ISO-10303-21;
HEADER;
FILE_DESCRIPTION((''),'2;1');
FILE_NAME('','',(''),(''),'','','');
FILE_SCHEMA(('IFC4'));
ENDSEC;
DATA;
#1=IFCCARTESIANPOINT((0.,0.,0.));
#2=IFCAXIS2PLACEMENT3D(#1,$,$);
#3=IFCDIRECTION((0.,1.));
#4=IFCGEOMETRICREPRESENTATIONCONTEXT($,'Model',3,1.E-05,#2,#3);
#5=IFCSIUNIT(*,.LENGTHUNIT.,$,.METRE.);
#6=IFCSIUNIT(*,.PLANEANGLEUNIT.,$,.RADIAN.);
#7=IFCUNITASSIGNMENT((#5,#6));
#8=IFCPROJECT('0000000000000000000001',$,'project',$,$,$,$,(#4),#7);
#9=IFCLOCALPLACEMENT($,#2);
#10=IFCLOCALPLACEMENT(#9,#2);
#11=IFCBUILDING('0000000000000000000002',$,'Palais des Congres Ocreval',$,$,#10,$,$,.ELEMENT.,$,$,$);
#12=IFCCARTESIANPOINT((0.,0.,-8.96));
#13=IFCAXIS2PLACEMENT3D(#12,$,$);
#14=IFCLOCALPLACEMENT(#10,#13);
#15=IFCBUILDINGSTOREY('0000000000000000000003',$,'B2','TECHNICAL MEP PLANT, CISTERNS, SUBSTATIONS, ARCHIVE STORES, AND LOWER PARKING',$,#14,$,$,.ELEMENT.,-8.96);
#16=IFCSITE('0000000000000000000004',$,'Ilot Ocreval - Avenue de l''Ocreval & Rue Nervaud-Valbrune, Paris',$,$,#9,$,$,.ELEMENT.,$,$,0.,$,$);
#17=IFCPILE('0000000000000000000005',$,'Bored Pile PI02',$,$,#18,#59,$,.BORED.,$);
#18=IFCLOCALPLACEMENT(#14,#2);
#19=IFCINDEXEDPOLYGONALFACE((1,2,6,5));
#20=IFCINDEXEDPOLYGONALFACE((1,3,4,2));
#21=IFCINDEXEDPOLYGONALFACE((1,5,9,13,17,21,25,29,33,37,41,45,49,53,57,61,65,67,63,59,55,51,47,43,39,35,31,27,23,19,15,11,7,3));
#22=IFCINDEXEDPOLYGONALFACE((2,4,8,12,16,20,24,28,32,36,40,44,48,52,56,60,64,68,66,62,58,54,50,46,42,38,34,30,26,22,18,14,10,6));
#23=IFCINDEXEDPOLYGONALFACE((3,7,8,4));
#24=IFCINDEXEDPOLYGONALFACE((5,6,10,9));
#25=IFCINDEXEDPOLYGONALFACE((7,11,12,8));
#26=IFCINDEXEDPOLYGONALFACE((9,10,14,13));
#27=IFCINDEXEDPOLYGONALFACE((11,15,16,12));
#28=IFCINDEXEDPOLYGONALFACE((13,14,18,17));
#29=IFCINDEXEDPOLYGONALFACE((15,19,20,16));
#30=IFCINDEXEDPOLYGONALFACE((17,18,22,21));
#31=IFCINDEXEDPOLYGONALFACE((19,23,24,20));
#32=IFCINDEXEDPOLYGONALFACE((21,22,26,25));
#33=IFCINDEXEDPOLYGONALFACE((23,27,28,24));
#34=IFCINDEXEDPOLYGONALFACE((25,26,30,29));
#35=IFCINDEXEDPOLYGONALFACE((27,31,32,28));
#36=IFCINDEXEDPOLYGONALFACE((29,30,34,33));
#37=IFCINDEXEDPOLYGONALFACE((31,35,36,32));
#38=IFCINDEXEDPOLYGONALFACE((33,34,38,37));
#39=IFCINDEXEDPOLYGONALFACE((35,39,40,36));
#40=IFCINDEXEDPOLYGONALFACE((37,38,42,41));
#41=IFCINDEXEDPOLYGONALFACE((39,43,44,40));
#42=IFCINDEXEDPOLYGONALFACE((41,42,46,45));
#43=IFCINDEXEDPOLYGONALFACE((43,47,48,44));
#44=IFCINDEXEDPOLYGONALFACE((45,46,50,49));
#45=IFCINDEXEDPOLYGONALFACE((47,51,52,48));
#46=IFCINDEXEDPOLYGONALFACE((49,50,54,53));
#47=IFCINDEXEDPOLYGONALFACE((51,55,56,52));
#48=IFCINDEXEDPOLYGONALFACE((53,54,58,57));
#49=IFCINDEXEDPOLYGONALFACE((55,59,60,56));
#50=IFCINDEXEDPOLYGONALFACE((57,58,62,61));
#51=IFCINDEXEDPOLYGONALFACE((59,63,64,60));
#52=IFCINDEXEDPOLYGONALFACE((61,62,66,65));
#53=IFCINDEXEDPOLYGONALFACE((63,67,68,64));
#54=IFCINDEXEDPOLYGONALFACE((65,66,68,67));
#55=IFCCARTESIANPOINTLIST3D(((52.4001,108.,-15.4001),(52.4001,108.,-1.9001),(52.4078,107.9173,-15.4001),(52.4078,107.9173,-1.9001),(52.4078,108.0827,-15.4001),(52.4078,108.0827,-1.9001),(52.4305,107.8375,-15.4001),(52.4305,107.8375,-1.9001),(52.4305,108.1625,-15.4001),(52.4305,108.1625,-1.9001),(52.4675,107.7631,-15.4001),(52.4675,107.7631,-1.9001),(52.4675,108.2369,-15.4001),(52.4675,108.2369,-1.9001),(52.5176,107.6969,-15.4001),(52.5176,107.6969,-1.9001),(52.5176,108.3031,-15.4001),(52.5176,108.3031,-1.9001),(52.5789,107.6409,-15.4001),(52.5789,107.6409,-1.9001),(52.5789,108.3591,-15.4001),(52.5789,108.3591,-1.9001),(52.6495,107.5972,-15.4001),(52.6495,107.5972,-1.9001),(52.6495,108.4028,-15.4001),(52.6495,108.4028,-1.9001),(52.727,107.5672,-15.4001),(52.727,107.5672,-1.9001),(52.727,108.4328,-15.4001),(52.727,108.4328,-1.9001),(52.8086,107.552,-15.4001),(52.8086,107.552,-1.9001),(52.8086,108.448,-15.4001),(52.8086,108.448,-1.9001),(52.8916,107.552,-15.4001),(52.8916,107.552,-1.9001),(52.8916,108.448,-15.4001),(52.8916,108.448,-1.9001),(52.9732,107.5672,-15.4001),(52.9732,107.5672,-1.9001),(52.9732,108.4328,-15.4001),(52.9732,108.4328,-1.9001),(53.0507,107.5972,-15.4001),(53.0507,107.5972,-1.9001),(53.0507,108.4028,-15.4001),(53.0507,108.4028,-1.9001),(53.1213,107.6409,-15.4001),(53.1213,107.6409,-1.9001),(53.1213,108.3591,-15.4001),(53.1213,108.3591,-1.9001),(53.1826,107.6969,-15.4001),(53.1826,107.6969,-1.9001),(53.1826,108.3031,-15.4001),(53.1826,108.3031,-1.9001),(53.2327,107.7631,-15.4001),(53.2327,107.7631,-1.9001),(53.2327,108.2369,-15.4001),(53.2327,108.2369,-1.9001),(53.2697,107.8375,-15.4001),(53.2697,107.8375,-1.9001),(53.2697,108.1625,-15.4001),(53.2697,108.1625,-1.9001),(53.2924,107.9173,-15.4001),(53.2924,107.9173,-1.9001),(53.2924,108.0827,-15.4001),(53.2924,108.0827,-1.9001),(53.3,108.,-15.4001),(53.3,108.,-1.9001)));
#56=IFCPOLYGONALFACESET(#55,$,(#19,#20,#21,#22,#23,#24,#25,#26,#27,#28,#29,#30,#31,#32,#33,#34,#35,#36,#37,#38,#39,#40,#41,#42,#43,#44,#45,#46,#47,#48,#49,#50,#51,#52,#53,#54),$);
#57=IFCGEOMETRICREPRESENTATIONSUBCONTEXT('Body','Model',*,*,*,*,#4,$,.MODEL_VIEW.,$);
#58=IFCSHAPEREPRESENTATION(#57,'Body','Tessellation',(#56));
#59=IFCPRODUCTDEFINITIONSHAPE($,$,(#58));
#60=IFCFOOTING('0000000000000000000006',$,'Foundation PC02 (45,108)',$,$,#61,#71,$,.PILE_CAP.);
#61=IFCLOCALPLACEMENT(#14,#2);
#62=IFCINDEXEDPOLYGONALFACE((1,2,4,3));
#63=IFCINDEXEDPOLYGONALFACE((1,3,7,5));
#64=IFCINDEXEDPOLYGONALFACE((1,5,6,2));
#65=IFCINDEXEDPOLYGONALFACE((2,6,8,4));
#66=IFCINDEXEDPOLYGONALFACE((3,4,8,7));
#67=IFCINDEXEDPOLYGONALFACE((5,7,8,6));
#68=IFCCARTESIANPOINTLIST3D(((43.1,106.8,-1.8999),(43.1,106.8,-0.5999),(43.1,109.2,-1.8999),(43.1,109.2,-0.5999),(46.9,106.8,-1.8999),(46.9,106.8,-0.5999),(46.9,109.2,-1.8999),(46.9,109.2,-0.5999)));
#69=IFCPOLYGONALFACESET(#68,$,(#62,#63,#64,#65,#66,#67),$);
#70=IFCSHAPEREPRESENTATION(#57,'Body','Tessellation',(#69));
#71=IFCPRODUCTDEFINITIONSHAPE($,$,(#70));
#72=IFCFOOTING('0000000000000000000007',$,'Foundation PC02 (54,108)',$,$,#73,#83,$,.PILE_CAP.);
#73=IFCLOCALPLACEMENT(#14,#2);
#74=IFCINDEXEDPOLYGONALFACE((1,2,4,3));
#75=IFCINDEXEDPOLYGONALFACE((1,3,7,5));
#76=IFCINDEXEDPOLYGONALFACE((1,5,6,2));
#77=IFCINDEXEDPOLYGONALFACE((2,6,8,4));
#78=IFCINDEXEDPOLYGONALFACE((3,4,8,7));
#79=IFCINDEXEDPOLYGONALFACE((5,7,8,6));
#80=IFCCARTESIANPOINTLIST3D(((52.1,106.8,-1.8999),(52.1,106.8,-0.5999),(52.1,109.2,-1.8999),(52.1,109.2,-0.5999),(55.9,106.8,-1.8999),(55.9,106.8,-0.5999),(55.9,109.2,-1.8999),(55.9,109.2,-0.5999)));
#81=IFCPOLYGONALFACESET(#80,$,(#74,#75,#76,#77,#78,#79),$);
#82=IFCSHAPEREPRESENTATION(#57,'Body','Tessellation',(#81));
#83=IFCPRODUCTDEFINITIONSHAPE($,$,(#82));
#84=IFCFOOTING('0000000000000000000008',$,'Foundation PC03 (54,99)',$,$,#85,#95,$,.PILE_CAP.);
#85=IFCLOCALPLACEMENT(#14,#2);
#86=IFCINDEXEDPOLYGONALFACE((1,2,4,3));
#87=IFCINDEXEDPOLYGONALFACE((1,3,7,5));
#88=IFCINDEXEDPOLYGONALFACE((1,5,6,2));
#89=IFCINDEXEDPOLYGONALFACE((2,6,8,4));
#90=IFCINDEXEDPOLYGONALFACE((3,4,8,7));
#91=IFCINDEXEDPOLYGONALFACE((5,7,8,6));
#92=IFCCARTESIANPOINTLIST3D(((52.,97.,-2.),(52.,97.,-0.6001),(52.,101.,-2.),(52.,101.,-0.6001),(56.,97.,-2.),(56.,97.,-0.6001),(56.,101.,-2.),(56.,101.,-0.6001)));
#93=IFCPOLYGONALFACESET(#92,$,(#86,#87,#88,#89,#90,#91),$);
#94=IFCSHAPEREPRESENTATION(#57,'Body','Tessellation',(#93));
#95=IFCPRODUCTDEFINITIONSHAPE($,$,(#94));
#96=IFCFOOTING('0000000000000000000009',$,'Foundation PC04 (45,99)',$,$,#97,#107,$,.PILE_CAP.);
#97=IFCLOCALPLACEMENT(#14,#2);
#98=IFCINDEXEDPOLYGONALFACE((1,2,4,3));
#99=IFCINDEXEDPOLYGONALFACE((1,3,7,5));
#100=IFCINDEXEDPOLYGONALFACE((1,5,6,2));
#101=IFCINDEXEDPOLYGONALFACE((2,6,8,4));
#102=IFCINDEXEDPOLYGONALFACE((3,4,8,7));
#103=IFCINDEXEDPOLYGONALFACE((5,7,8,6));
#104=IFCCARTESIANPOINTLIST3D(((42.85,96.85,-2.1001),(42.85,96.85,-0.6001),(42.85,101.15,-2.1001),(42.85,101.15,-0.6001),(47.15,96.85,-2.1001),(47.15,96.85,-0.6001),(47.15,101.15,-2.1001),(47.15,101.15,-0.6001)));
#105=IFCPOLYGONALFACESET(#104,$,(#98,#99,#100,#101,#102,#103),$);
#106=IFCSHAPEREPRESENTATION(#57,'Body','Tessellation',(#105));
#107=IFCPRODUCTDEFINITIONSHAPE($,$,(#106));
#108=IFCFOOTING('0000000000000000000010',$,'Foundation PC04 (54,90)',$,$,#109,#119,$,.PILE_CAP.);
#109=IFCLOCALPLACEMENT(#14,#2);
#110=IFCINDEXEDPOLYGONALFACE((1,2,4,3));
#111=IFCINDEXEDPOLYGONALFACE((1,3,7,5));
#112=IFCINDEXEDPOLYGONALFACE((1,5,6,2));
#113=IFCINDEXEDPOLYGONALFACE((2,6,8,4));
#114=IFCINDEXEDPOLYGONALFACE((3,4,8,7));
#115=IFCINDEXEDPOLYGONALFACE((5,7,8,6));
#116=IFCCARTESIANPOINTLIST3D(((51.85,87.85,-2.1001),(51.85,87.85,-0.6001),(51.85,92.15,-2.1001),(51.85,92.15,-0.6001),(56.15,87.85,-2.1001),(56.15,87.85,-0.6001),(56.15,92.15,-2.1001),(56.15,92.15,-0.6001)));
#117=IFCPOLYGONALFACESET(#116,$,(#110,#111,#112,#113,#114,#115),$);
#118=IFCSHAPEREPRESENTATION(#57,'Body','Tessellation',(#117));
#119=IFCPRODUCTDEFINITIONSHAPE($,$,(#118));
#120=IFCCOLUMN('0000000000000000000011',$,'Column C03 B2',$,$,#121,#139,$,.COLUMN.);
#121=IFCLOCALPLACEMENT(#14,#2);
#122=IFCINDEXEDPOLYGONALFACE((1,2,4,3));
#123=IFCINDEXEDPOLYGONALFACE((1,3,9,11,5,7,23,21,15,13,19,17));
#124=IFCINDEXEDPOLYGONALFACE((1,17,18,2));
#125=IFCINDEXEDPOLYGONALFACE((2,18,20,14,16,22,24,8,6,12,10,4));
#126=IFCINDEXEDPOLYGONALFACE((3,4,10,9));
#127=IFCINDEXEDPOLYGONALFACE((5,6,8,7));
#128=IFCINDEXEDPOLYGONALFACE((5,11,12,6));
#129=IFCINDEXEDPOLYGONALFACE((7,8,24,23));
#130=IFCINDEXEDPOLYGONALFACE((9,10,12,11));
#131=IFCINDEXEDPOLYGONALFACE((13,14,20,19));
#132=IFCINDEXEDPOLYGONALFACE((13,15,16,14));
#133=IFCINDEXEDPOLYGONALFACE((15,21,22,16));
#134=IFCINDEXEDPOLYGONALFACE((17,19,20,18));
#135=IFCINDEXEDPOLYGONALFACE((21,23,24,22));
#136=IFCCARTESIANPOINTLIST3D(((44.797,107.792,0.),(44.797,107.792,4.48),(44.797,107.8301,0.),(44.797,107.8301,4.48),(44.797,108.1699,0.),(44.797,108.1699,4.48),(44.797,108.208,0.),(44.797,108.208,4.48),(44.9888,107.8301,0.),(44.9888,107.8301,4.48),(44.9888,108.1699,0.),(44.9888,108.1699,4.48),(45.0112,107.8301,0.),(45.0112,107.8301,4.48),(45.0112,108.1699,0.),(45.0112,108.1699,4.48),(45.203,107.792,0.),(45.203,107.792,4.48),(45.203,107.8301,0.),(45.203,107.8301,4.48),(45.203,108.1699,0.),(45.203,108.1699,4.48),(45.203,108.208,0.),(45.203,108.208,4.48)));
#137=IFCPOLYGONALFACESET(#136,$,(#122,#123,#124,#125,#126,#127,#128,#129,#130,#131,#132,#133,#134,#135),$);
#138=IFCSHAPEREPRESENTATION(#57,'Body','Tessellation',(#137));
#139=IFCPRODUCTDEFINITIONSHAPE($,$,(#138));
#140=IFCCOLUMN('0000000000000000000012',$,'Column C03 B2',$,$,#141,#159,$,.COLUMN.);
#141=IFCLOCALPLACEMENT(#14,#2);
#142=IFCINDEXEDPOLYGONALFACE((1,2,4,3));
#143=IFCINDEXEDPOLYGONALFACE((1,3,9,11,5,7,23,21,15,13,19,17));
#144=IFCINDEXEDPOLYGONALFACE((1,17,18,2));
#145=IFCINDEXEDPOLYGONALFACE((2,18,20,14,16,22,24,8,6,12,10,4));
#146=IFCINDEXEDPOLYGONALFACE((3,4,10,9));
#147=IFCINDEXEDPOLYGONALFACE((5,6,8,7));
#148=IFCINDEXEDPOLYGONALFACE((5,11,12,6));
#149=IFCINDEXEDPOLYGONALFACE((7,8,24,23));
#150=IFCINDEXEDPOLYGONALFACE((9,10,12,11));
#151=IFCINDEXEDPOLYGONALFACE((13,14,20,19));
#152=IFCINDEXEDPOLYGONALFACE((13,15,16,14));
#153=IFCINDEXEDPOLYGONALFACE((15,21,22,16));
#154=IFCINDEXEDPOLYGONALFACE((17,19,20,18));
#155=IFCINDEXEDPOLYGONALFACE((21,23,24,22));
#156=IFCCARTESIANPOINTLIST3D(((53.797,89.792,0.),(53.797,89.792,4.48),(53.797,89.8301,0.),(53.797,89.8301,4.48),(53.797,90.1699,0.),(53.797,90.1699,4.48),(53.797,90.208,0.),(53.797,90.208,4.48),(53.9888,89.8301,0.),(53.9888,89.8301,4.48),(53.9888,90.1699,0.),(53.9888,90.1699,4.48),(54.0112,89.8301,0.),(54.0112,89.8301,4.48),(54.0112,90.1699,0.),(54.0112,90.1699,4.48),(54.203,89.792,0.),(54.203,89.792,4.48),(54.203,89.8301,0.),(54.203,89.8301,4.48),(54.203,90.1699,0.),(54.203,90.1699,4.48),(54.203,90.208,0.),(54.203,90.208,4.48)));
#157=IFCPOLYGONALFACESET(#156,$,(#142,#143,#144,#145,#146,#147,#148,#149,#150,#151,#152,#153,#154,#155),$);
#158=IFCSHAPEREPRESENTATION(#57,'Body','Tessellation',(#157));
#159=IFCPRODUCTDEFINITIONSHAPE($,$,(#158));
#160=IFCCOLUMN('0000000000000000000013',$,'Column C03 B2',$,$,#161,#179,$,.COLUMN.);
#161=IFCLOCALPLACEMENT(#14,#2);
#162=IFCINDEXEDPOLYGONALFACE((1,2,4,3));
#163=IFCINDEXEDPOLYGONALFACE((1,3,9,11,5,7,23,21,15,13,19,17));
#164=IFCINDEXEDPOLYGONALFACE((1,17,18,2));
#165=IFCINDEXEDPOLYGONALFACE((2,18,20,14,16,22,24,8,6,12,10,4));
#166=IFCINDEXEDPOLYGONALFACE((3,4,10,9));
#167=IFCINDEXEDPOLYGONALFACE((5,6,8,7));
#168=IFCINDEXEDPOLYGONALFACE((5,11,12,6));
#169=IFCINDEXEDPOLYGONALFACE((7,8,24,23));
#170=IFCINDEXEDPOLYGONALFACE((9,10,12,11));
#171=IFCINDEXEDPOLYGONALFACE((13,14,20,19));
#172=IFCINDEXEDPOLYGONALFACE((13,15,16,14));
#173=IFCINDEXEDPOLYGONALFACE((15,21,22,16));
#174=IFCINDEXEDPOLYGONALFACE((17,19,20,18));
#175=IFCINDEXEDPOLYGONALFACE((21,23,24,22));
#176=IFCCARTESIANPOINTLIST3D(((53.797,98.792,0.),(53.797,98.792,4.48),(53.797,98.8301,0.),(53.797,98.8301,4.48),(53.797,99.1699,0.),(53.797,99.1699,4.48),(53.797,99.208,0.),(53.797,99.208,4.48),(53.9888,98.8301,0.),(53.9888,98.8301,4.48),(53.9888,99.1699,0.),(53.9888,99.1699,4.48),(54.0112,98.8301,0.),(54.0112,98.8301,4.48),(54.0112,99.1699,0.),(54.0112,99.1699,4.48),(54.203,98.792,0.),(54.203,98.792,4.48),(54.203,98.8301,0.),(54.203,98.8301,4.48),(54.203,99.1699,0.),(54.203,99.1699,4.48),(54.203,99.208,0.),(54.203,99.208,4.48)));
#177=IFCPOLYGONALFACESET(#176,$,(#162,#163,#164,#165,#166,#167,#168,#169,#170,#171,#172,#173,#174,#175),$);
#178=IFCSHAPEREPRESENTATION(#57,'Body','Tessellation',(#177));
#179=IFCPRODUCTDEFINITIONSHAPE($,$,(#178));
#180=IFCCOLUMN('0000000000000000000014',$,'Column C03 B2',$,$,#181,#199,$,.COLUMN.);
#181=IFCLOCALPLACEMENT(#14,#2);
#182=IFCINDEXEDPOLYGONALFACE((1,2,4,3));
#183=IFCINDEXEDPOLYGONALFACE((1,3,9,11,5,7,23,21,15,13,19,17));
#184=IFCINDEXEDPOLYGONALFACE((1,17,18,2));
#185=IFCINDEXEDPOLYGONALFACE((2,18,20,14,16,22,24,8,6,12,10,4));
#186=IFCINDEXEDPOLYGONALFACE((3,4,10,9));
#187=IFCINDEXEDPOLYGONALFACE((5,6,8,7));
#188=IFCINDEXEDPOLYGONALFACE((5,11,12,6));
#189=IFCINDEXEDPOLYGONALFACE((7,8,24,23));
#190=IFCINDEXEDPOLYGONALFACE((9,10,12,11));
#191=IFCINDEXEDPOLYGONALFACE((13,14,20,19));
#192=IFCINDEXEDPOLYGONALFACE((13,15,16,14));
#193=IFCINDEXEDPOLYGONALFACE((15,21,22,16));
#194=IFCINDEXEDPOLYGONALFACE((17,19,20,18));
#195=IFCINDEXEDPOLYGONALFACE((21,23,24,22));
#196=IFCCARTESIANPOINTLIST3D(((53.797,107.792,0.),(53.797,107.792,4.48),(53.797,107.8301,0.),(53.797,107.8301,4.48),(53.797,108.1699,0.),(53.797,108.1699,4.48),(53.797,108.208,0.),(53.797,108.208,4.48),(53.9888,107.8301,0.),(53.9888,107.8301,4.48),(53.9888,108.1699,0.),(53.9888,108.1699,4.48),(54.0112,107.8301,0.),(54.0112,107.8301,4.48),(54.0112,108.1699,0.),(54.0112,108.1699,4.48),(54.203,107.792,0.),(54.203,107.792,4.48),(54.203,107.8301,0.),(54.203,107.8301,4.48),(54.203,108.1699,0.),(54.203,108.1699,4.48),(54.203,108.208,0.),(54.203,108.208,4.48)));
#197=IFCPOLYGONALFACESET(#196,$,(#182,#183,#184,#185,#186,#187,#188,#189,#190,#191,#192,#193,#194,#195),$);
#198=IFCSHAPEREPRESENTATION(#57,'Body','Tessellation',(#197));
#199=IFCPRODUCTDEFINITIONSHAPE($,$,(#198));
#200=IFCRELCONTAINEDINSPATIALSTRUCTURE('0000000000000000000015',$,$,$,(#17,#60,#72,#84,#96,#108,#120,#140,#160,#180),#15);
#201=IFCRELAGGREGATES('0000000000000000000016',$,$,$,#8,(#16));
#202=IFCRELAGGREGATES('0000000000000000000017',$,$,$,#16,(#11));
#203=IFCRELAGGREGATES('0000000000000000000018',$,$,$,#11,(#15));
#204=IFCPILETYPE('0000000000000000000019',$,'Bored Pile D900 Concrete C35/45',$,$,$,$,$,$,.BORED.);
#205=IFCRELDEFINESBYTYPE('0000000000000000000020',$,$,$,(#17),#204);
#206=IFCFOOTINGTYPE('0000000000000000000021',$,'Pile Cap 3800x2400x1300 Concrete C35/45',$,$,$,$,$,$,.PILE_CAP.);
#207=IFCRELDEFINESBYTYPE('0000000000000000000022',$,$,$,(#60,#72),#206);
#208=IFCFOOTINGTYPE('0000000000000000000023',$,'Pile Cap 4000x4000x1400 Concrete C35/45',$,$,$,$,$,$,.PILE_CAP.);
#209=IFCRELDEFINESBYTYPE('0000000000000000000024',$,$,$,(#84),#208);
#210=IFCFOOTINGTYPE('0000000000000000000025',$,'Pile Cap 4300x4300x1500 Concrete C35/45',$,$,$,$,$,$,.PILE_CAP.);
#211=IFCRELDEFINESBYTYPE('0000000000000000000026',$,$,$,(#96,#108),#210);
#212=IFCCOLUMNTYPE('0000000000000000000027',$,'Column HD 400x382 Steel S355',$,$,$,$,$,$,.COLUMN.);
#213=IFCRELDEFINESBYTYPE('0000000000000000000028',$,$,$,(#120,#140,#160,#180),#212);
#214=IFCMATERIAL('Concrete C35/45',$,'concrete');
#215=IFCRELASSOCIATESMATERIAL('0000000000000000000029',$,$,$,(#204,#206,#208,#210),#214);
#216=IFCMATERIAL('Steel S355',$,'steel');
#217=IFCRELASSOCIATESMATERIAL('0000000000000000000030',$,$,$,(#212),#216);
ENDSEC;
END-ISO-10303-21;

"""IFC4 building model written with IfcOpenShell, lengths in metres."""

from ifc_helpers import new_model, si_unit, direction, frame, origin, origin_2d, place, context, subcontext, project, spatial, rectangle, circle, i_section, extrude, material, material_profile, profile_set, type_object, element, save


model = new_model("IFC4")

# Units and contexts
model_context = context("Model", 3, precision=1e-05, world=origin(), true_north=direction((0.0, 1.0)))
body_context = subcontext(model_context, "Body", "Model", "MODEL_VIEW")
ifc_project = project(units=[si_unit("LENGTHUNIT", "METRE"), si_unit("PLANEANGLEUNIT", "RADIAN")], contexts=[model_context])

# Site, building, storey
site_placement = place(None, origin())
site = spatial("IfcSite", under=ifc_project, at=site_placement, Name="Ilot Ocreval - Avenue de l'Ocreval & Rue Nervaud-Valbrune, Paris", CompositionType="ELEMENT", RefElevation=0.0)
building_placement = place(site_placement, origin())
building = spatial("IfcBuilding", under=site, at=building_placement, Name="Palais des Congres Ocreval", CompositionType="ELEMENT")
storey_placement = place(building_placement, frame((0.0, 0.0, -8.96)))
storey = spatial("IfcBuildingStorey", under=building, at=storey_placement, Name="B2", Description="TECHNICAL MEP PLANT, CISTERNS, SUBSTATIONS, ARCHIVE STORES, AND LOWER PARKING", CompositionType="ELEMENT", Elevation=-8.96)

# Pile
ifc_material_1 = material(Name="Concrete C35/45", Category="concrete")
ifc_material_profile_1 = material_profile(ifc_material_1, circle(Radius=0.45, at=origin_2d()), Name="BORED PILE 900")
ifc_profile_set_1 = profile_set([ifc_material_profile_1], Name="Concrete C35/45")
pile_type_1 = type_object("IfcPileType", Name="Bored Pile D900 Concrete C35/45", PredefinedType="BORED", material=ifc_profile_set_1)
for number, where, z_axis, x_axis, name in (
    (1, (52.8501, 108.0, -1.9001), (0.0, 0.0, -1.0), (1.0, 0.0, 0.0), "Bored Pile PI02"),
):
    element("IfcPile", number, at=place(storey_placement, frame(where, z_axis=z_axis, x_axis=x_axis)), inside=storey, type_object=pile_type_1, Name=name, PredefinedType="BORED", context=body_context, shape_type="SweptSolid", body=[
        extrude(circle(Radius=0.45, at=origin_2d()), origin(), (0.0, 0.0, 1.0), 13.5),
    ])

# Footings
footing_type_1 = type_object("IfcFootingType", Name="Pile Cap 3800x2400x1300 Concrete C35/45", PredefinedType="PILE_CAP", material=ifc_material_1)
for number, where, z_axis, x_axis, name in (
    (2, (45.0, 108.0, -1.8999), (0.0, 0.0, 1.0), (1.0, 0.0, 0.0), "Foundation PC02 (45,108)"),
    (3, (54.0, 108.0, -1.8999), (0.0, 0.0, 1.0), (1.0, 0.0, 0.0), "Foundation PC02 (54,108)"),
):
    element("IfcFooting", number, at=place(storey_placement, frame(where, z_axis=z_axis, x_axis=x_axis)), inside=storey, type_object=footing_type_1, Name=name, PredefinedType="PILE_CAP", context=body_context, shape_type="SweptSolid", body=[
        extrude(rectangle(XDim=3.8, YDim=2.3999, at=origin_2d()), origin(), (0.0, 0.0, 1.0), 1.3),
    ])
footing_type_2 = type_object("IfcFootingType", Name="Pile Cap 4000x4000x1400 Concrete C35/45", PredefinedType="PILE_CAP", material=ifc_material_1)
footing_placement = place(storey_placement, frame((54.0, 99.0, -2.0), z_axis=(0.0, 0.0, 1.0), x_axis=(1.0, 0.0, 0.0)))
element("IfcFooting", 4, at=footing_placement, inside=storey, type_object=footing_type_2, Name="Foundation PC03 (54,99)", PredefinedType="PILE_CAP", context=body_context, shape_type="SweptSolid", body=[
    extrude(rectangle(XDim=4.0, YDim=4.0, at=origin_2d()), origin(), (0.0, 0.0, 1.0), 1.3999),
])
footing_type_3 = type_object("IfcFootingType", Name="Pile Cap 4300x4300x1500 Concrete C35/45", PredefinedType="PILE_CAP", material=ifc_material_1)
for number, where, z_axis, x_axis, name in (
    (5, (45.0, 99.0, -2.1001), (0.0, 0.0, 1.0), (1.0, 0.0, 0.0), "Foundation PC04 (45,99)"),
    (6, (54.0, 90.0, -2.1001), (0.0, 0.0, 1.0), (1.0, 0.0, 0.0), "Foundation PC04 (54,90)"),
):
    element("IfcFooting", number, at=place(storey_placement, frame(where, z_axis=z_axis, x_axis=x_axis)), inside=storey, type_object=footing_type_3, Name=name, PredefinedType="PILE_CAP", context=body_context, shape_type="SweptSolid", body=[
        extrude(rectangle(XDim=4.3, YDim=4.3, at=origin_2d()), origin(), (0.0, 0.0, 1.0), 1.5),
    ])

# Columns
ifc_material_2 = material(Name="Steel S355", Category="steel")
ifc_material_profile_2 = material_profile(ifc_material_2, i_section(OverallWidth=0.406, OverallDepth=0.416, WebThickness=0.0225, FlangeThickness=0.0381, at=origin_2d()), Name="HD 400x382")
ifc_profile_set_2 = profile_set([ifc_material_profile_2], Name="Steel S355")
column_type = type_object("IfcColumnType", Name="Column HD 400x382 Steel S355", PredefinedType="COLUMN", material=ifc_profile_set_2)
for number, where, z_axis, x_axis, name in (
    (7, (45.0, 108.0, 0.0), (0.0, 0.0, 1.0), (1.0, 0.0, 0.0), "Column C03 B2"),
    (8, (54.0, 90.0, 0.0), (0.0, 0.0, 1.0), (1.0, 0.0, 0.0), "Column C03 B2"),
    (9, (54.0, 99.0, 0.0), (0.0, 0.0, 1.0), (1.0, 0.0, 0.0), "Column C03 B2"),
    (10, (54.0, 108.0, 0.0), (0.0, 0.0, 1.0), (1.0, 0.0, 0.0), "Column C03 B2"),
):
    element("IfcColumn", number, at=place(storey_placement, frame(where, z_axis=z_axis, x_axis=x_axis)), inside=storey, type_object=column_type, Name=name, PredefinedType="COLUMN", context=body_context, shape_type="SweptSolid", body=[
        extrude(i_section(OverallWidth=0.406, OverallDepth=0.416, WebThickness=0.0225, FlangeThickness=0.0381, at=origin_2d()), origin(), (0.0, 0.0, 1.0), 4.48),
    ])

save(model, "model.ifc")
